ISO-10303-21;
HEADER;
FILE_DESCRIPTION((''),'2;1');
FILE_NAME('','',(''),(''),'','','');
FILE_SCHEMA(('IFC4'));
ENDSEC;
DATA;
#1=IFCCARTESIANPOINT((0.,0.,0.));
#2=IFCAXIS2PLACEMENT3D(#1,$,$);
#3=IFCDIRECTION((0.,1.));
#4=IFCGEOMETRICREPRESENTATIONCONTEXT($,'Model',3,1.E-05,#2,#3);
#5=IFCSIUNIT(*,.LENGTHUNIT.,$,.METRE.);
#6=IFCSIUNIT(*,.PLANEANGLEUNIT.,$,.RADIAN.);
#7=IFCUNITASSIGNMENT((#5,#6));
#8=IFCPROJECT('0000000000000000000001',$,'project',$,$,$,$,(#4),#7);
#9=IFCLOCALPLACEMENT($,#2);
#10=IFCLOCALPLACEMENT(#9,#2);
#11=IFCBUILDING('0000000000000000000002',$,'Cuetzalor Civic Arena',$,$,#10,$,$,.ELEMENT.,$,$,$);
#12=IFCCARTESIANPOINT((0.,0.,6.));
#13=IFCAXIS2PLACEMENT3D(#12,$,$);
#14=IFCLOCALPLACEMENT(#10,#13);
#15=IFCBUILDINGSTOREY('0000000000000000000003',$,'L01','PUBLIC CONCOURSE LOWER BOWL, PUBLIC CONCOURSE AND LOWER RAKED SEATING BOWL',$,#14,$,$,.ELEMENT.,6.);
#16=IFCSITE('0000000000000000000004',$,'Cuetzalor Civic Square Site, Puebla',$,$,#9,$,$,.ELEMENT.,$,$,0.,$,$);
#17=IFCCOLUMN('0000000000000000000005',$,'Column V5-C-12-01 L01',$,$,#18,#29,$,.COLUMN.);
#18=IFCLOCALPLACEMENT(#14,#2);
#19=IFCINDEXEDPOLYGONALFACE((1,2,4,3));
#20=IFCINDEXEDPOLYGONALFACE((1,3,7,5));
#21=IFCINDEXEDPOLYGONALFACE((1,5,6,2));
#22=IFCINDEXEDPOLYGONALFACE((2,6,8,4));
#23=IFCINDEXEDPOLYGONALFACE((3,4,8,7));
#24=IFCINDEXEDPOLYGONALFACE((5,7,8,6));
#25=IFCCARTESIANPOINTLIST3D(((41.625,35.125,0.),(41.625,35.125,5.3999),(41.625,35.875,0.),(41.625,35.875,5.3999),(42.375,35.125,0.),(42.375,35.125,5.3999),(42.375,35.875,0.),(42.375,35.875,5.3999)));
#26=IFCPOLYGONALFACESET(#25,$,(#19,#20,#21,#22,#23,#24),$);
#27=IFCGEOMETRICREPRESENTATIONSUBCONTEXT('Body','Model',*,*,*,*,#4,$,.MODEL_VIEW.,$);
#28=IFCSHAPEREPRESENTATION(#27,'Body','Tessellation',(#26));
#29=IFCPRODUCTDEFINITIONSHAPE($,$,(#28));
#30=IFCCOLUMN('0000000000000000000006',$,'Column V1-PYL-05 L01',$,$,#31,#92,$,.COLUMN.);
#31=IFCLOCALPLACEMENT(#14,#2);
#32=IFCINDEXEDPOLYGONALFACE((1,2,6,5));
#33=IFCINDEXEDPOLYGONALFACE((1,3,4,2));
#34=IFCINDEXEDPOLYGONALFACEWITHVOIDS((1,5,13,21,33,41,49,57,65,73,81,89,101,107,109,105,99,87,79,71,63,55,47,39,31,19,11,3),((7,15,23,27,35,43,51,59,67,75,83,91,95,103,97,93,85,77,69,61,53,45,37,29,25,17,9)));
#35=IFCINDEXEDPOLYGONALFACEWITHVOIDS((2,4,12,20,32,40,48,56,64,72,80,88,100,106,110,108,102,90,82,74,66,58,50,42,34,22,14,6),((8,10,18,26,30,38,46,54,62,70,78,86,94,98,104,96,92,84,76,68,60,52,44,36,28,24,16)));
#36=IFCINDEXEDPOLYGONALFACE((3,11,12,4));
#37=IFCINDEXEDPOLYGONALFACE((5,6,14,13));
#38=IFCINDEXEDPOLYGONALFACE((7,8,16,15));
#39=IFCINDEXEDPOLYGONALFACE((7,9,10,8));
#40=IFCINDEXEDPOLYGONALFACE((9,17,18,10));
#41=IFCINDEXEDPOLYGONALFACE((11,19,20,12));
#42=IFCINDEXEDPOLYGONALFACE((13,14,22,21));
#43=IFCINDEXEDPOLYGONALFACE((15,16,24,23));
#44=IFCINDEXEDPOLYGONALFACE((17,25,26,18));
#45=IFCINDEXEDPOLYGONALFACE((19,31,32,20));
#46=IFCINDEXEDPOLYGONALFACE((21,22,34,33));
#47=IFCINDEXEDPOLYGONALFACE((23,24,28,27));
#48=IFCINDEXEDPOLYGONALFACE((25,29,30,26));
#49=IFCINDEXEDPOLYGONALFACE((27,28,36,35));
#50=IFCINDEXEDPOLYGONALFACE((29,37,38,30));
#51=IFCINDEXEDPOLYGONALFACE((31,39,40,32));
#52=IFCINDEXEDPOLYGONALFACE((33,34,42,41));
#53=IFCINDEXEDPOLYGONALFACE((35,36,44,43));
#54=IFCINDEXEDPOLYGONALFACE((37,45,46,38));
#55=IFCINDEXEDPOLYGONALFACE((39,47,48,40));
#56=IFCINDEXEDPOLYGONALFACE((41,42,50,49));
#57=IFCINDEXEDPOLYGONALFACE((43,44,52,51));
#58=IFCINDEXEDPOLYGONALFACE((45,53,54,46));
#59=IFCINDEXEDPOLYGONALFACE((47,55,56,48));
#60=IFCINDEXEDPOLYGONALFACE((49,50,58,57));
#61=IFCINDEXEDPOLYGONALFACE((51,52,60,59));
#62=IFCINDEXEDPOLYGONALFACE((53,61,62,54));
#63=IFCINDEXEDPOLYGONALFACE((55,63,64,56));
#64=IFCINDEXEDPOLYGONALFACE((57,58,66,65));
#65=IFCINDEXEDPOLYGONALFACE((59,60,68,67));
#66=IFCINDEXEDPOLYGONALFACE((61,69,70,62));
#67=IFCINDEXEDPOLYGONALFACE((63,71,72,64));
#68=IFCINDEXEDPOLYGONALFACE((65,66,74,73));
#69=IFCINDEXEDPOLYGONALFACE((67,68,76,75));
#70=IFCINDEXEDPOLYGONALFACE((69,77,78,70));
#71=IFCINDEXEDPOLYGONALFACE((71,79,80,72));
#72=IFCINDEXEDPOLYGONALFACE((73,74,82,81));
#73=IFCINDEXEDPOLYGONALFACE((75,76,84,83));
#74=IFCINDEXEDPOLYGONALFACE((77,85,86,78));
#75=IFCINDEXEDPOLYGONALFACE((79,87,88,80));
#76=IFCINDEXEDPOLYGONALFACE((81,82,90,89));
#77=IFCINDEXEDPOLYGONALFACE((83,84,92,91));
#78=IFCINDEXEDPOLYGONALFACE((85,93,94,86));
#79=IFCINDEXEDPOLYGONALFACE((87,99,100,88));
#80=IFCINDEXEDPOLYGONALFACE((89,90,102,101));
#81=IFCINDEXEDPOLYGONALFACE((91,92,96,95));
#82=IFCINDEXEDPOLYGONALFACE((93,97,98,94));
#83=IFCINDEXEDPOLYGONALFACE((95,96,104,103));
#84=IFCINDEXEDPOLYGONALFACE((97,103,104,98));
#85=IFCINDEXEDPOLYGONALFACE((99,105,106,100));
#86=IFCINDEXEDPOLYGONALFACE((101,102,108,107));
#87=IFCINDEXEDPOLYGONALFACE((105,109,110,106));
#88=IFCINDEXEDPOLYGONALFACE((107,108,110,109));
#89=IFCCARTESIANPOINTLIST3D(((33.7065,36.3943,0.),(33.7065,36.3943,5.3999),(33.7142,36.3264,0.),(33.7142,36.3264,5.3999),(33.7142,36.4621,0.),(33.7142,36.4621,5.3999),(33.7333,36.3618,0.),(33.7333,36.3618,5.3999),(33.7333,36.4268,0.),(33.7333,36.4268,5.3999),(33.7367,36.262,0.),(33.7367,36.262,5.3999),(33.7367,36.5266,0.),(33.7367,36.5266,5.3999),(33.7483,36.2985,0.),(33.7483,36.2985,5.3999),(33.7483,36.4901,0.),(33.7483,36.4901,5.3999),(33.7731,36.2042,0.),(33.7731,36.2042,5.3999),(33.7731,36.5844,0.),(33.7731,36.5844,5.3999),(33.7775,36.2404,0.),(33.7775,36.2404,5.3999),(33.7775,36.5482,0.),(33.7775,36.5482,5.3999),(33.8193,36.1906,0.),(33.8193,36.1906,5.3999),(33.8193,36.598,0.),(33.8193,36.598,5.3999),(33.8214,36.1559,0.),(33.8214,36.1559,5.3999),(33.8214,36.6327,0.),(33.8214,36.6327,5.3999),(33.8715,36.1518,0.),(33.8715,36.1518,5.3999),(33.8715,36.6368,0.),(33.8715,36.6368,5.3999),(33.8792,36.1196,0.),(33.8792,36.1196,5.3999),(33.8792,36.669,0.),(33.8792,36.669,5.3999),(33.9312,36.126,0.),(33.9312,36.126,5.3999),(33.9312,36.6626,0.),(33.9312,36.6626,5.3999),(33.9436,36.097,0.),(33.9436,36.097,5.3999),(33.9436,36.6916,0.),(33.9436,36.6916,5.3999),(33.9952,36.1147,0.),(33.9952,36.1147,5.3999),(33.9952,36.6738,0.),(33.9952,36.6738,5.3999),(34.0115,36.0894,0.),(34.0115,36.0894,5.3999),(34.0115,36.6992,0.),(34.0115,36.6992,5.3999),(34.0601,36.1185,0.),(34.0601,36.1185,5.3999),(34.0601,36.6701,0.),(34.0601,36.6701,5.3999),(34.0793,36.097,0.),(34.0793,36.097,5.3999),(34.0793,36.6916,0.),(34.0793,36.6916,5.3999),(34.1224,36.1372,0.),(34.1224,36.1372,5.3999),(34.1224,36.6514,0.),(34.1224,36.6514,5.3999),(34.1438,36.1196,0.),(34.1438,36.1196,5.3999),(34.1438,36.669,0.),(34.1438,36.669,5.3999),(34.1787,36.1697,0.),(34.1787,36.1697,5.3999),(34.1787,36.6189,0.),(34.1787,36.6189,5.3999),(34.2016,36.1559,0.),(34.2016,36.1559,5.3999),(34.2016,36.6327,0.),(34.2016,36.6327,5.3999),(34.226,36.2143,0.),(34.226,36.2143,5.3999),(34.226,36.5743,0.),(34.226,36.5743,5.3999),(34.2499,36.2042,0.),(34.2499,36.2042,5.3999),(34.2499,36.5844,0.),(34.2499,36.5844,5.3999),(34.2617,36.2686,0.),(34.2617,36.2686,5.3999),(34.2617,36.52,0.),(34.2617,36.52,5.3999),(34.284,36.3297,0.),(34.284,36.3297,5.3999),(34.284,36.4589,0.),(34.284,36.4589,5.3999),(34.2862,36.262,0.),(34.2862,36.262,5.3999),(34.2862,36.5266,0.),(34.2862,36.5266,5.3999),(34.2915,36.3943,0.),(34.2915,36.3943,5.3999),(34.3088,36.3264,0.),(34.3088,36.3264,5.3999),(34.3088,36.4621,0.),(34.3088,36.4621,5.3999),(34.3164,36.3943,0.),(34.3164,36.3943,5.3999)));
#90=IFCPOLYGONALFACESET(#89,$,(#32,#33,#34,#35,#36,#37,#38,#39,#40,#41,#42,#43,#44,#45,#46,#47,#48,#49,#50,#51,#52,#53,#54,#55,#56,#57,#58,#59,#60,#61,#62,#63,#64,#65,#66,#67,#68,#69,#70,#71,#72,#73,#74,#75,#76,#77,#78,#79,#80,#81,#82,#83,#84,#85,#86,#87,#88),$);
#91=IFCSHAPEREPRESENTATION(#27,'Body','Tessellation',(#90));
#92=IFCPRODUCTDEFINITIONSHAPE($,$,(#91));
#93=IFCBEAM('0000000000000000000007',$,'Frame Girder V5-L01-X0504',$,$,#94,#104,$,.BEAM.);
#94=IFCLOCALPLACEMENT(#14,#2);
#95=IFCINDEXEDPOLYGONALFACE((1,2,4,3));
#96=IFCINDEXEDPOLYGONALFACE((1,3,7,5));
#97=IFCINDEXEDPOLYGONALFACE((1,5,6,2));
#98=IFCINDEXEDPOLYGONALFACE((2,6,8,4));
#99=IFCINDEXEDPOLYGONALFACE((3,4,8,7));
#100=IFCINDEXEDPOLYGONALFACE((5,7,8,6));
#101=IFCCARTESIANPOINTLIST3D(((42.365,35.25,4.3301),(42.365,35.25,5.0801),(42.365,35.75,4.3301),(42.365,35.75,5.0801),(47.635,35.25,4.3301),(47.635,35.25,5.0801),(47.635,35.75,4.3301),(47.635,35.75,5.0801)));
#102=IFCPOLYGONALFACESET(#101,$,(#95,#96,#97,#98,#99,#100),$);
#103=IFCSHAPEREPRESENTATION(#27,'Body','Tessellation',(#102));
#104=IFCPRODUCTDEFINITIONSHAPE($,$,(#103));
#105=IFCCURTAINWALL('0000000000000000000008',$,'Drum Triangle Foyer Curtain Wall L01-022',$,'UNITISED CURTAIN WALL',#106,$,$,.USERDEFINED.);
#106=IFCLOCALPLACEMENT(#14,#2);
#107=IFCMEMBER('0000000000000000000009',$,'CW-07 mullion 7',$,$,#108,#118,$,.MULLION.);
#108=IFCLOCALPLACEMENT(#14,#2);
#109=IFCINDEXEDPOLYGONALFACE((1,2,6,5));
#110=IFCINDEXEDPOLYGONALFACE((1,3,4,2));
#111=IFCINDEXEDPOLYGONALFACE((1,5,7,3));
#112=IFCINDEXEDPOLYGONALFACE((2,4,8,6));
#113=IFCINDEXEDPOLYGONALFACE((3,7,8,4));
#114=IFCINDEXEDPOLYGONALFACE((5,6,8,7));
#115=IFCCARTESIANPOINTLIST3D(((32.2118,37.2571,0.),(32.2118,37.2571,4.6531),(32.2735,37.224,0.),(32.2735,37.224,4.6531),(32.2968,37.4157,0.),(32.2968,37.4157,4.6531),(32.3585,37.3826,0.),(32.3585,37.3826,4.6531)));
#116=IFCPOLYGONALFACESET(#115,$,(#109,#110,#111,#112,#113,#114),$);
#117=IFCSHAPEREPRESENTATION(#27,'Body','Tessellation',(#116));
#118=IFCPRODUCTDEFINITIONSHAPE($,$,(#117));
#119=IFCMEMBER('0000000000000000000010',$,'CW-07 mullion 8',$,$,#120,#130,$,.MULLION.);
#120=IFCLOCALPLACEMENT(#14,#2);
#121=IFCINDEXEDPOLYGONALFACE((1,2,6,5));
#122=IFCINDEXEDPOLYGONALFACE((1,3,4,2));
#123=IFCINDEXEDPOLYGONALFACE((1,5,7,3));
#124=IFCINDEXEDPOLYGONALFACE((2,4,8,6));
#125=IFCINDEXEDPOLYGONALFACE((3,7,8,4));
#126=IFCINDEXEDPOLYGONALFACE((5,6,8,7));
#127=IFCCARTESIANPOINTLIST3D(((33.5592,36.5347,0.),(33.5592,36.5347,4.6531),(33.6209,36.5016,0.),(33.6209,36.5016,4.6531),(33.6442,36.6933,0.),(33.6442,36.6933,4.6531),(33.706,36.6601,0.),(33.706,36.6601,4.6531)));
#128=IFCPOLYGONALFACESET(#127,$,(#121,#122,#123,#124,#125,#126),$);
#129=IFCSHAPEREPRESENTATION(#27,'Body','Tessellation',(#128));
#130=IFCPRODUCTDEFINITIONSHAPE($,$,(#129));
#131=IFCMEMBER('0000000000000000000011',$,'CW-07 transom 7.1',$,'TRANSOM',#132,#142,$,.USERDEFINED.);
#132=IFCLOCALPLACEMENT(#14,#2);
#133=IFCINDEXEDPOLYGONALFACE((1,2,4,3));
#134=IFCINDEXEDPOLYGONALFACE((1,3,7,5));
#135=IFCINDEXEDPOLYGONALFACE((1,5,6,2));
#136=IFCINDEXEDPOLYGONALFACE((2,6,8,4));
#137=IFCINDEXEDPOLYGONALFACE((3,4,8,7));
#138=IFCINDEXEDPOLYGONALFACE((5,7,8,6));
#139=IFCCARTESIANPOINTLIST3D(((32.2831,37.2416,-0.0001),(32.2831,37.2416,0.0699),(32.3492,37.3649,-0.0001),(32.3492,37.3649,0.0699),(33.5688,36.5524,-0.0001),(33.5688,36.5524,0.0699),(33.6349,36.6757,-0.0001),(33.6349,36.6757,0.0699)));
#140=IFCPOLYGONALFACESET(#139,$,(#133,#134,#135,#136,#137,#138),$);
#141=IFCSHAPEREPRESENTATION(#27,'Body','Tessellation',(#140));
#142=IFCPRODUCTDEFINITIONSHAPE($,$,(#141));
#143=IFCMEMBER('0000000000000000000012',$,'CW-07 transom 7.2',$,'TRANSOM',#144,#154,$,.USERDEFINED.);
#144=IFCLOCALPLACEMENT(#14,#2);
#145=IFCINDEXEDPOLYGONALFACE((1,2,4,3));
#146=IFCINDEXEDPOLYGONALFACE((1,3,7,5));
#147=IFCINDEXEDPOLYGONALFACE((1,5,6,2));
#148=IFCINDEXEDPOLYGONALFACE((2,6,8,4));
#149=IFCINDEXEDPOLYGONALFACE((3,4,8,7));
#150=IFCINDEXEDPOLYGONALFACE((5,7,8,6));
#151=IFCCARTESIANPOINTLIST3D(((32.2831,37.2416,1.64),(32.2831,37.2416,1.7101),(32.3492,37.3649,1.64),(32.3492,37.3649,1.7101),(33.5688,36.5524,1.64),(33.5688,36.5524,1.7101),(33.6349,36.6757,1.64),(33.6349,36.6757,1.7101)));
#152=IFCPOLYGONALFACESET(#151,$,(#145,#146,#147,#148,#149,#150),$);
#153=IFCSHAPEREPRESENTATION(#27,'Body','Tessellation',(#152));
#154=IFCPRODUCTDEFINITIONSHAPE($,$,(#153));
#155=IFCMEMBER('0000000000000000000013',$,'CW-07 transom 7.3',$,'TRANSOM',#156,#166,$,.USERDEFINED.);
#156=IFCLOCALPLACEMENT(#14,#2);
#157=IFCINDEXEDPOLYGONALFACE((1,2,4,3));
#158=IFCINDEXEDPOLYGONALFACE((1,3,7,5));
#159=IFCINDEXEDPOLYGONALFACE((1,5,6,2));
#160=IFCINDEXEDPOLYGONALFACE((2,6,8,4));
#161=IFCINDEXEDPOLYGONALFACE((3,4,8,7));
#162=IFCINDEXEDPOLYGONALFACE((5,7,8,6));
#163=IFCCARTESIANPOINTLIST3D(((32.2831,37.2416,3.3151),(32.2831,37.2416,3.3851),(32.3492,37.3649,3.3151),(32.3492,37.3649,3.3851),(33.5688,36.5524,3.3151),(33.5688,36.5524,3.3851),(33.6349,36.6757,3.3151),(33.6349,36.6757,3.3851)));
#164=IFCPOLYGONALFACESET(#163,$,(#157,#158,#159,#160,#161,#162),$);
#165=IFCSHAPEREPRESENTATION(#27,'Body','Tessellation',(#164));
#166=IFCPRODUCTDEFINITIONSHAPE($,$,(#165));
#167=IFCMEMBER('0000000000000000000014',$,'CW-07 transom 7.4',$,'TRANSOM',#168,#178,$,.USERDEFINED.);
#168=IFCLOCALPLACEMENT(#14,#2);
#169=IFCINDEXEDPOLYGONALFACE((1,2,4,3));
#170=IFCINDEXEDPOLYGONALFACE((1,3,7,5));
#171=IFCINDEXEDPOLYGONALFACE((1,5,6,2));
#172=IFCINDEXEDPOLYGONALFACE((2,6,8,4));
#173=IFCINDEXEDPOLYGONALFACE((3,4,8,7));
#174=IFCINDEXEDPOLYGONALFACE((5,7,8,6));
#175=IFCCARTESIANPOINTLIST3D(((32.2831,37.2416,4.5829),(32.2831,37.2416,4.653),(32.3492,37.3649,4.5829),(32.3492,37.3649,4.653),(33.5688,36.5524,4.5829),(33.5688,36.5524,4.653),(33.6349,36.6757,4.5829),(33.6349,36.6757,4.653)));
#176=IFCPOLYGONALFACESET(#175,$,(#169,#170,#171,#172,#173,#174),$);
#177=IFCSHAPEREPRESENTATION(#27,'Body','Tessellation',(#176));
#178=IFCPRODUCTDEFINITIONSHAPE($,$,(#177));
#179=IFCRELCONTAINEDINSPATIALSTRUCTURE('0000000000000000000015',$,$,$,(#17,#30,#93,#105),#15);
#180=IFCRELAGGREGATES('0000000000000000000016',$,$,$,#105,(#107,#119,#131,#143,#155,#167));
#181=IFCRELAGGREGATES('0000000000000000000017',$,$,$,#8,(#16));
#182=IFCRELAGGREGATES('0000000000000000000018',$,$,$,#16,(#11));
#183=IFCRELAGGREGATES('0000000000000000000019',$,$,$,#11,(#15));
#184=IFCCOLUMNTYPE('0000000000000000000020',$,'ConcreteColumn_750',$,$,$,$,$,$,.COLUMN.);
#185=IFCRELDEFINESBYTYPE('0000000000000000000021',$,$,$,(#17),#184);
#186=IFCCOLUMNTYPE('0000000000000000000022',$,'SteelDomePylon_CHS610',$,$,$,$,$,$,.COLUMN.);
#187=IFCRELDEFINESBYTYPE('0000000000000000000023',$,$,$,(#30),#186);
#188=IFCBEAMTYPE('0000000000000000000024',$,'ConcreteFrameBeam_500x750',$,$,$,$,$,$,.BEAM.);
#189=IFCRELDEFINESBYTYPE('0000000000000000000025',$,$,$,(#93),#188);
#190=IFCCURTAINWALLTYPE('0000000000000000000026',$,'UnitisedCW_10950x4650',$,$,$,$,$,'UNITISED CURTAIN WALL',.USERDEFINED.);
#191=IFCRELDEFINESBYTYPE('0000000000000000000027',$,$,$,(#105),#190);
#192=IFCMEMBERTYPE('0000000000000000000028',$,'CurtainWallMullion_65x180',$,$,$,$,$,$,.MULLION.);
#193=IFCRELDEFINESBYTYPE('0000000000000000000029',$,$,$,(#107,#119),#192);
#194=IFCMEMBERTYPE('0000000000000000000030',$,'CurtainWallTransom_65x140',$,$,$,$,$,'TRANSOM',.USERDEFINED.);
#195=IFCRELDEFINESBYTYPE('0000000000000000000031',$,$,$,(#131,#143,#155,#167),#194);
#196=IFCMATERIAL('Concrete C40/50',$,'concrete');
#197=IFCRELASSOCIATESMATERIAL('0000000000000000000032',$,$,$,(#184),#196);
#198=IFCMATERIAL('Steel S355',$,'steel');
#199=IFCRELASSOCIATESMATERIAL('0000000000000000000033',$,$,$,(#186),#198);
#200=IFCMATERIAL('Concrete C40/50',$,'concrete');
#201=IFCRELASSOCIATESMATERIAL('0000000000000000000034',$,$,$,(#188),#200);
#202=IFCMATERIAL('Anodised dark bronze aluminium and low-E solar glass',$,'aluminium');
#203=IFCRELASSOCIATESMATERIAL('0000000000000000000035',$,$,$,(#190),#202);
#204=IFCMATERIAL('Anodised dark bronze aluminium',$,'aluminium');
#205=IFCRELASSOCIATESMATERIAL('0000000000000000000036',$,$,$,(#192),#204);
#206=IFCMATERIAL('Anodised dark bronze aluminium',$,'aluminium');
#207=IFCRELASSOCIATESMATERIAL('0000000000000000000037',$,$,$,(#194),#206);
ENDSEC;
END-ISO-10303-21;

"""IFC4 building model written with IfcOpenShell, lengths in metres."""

from ifc_helpers import new_model, si_unit, direction, frame, origin, origin_2d, place, context, subcontext, project, spatial, rectangle, hollow_circle, extrude, material, material_profile, profile_set, type_object, element, aggregate, save


model = new_model("IFC4")

# Units and contexts
model_context = context("Model", 3, precision=1e-05, world=origin(), true_north=direction((0.0, 1.0)))
body_context = subcontext(model_context, "Body", "Model", "MODEL_VIEW")
ifc_project = project(units=[si_unit("LENGTHUNIT", "METRE"), si_unit("PLANEANGLEUNIT", "RADIAN")], contexts=[model_context])

# Site, building, storey
site_placement = place(None, origin())
site = spatial("IfcSite", under=ifc_project, at=site_placement, Name="Cuetzalor Civic Square Site, Puebla", CompositionType="ELEMENT", RefElevation=0.0)
building_placement = place(site_placement, origin())
building = spatial("IfcBuilding", under=site, at=building_placement, Name="Cuetzalor Civic Arena", CompositionType="ELEMENT")
storey_placement = place(building_placement, frame((0.0, 0.0, 6.0)))
storey = spatial("IfcBuildingStorey", under=building, at=storey_placement, Name="L01", Description="PUBLIC CONCOURSE LOWER BOWL, PUBLIC CONCOURSE AND LOWER RAKED SEATING BOWL", CompositionType="ELEMENT", Elevation=6.0)

# Columns
ifc_material_1 = material(Name="Concrete C40/50", Category="concrete")
ifc_material_profile_1 = material_profile(ifc_material_1, rectangle(XDim=0.75, YDim=0.75, at=origin_2d()), Name="RC 750x750")
ifc_profile_set_1 = profile_set([ifc_material_profile_1], Name="Concrete C40/50")
column_type_1 = type_object("IfcColumnType", Name="ConcreteColumn_750", PredefinedType="COLUMN", material=ifc_profile_set_1)
column_1_placement = place(storey_placement, frame((42.0, 35.5, 0.0), z_axis=(0.0, 0.0, 1.0), x_axis=(1.0, 0.0, 0.0)))
element("IfcColumn", 1, at=column_1_placement, inside=storey, type_object=column_type_1, Name="Column V5-C-12-01 L01", PredefinedType="COLUMN", context=body_context, shape_type="SweptSolid", body=[
    extrude(rectangle(XDim=0.75, YDim=0.75, at=origin_2d()), origin(), (0.0, 0.0, 1.0), 5.3999),
])
ifc_material_2 = material(Name="Steel S355", Category="steel")
ifc_material_profile_2 = material_profile(ifc_material_2, hollow_circle(Radius=0.3049, WallThickness=0.0249, at=origin_2d()), Name="CHS 610x25")
ifc_profile_set_2 = profile_set([ifc_material_profile_2], Name="Steel S355")
column_type_2 = type_object("IfcColumnType", Name="SteelDomePylon_CHS610", PredefinedType="COLUMN", material=ifc_profile_set_2)
column_2_placement = place(storey_placement, frame((34.0115, 36.3943, 0.0), z_axis=(0.0, 0.0, 1.0), x_axis=(1.0, 0.0, 0.0)))
element("IfcColumn", 2, at=column_2_placement, inside=storey, type_object=column_type_2, Name="Column V1-PYL-05 L01", PredefinedType="COLUMN", context=body_context, shape_type="SweptSolid", body=[
    extrude(hollow_circle(Radius=0.3049, WallThickness=0.0249, at=origin_2d()), origin(), (0.0, 0.0, 1.0), 5.3999),
])

# Beam
ifc_material_3 = material(Name="Concrete C40/50", Category="concrete")
ifc_material_profile_3 = material_profile(ifc_material_3, rectangle(XDim=0.5, YDim=0.75, at=origin_2d()), Name="RC 500x750")
ifc_profile_set_3 = profile_set([ifc_material_profile_3], Name="Concrete C40/50")
beam_type_1 = type_object("IfcBeamType", Name="ConcreteFrameBeam_500x750", PredefinedType="BEAM", material=ifc_profile_set_3)
beam_1_placement = place(storey_placement, frame((42.365, 35.5, 4.7051), z_axis=(1.0, 0.0, 0.0), x_axis=(0.0, 1.0, 0.0)))
element("IfcBeam", 3, at=beam_1_placement, inside=storey, type_object=beam_type_1, Name="Frame Girder V5-L01-X0504", PredefinedType="BEAM", context=body_context, shape_type="SweptSolid", body=[
    extrude(rectangle(XDim=0.5, YDim=0.75, at=origin_2d()), origin(), (0.0, 0.0, 1.0), 5.27),
])

# Curtain wall, members
ifc_material_4 = material(Name="Anodised dark bronze aluminium and low-E solar glass", Category="aluminium")
curtain_wall_type = type_object("IfcCurtainWallType", Name="UnitisedCW_10950x4650", ElementType="UNITISED CURTAIN WALL", PredefinedType="USERDEFINED", material=ifc_material_4)
curtain_wall_placement = place(storey_placement, origin())
curtain_wall = element("IfcCurtainWall", 4, at=curtain_wall_placement, inside=storey, type_object=curtain_wall_type, Name="Drum Triangle Foyer Curtain Wall L01-022", ObjectType="UNITISED CURTAIN WALL", PredefinedType="USERDEFINED")
ifc_material_5 = material(Name="Anodised dark bronze aluminium", Category="aluminium")
ifc_material_profile_4 = material_profile(ifc_material_5, rectangle(XDim=0.0701, YDim=0.1799, at=origin_2d()), Name="ALU MULLION 70x180")
ifc_profile_set_4 = profile_set([ifc_material_profile_4], Name="Anodised dark bronze aluminium")
member_type_1 = type_object("IfcMemberType", Name="CurtainWallMullion_65x180", PredefinedType="MULLION", material=ifc_profile_set_4)
member_1_placement = place(storey_placement, frame((32.2852, 37.3198, 0.0), z_axis=(0.0, 0.0, 1.0), x_axis=(0.881306, -0.472545, 0.0)))
member_1 = element("IfcMember", 5, at=member_1_placement, type_object=member_type_1, Name="CW-07 mullion 7", PredefinedType="MULLION", context=body_context, shape_type="SweptSolid", body=[
    extrude(rectangle(XDim=0.0701, YDim=0.1799, at=origin_2d()), origin(), (0.0, 0.0, 1.0), 4.6531),
])
member_2_placement = place(storey_placement, frame((33.6326, 36.5974, 0.0), z_axis=(0.0, 0.0, 1.0), x_axis=(0.881306, -0.472545, 0.0)))
member_2 = element("IfcMember", 6, at=member_2_placement, type_object=member_type_1, Name="CW-07 mullion 8", PredefinedType="MULLION", context=body_context, shape_type="SweptSolid", body=[
    extrude(rectangle(XDim=0.0701, YDim=0.1799, at=origin_2d()), origin(), (0.0, 0.0, 1.0), 4.6531),
])
ifc_material_6 = material(Name="Anodised dark bronze aluminium", Category="aluminium")
ifc_material_profile_5 = material_profile(ifc_material_6, rectangle(XDim=0.1399, YDim=0.0701, at=origin_2d()), Name="ALU TRANSOM 70x140")
ifc_profile_set_5 = profile_set([ifc_material_profile_5], Name="Anodised dark bronze aluminium")
member_type_2 = type_object("IfcMemberType", Name="CurtainWallTransom_65x140", ElementType="TRANSOM", PredefinedType="USERDEFINED", material=ifc_profile_set_5)
member_3_placement = place(storey_placement, frame((32.3162, 37.3032, 0.0349), z_axis=(0.881346, -0.472472, 0.0), x_axis=(0.472472, 0.881346, 0.0)))
member_3 = element("IfcMember", 7, at=member_3_placement, type_object=member_type_2, Name="CW-07 transom 7.1", ObjectType="TRANSOM", PredefinedType="USERDEFINED", context=body_context, shape_type="SweptSolid", body=[
    extrude(rectangle(XDim=0.1399, YDim=0.0701, at=origin_2d()), origin(), (0.0, 0.0, 1.0), 1.4587),
])
member_4_placement = place(storey_placement, frame((32.3162, 37.3032, 1.675), z_axis=(0.881346, -0.472472, 0.0), x_axis=(0.472472, 0.881346, 0.0)))
member_4 = element("IfcMember", 8, at=member_4_placement, type_object=member_type_2, Name="CW-07 transom 7.2", ObjectType="TRANSOM", PredefinedType="USERDEFINED", context=body_context, shape_type="SweptSolid", body=[
    extrude(rectangle(XDim=0.1399, YDim=0.0701, at=origin_2d()), origin(), (0.0, 0.0, 1.0), 1.4587),
])
member_5_placement = place(storey_placement, frame((32.3162, 37.3032, 3.3501), z_axis=(0.881346, -0.472472, 0.0), x_axis=(0.472472, 0.881346, 0.0)))
member_5 = element("IfcMember", 9, at=member_5_placement, type_object=member_type_2, Name="CW-07 transom 7.3", ObjectType="TRANSOM", PredefinedType="USERDEFINED", context=body_context, shape_type="SweptSolid", body=[
    extrude(rectangle(XDim=0.1399, YDim=0.0701, at=origin_2d()), origin(), (0.0, 0.0, 1.0), 1.4587),
])
member_6_placement = place(storey_placement, frame((32.3162, 37.3032, 4.6179), z_axis=(0.881346, -0.472472, 0.0), x_axis=(0.472472, 0.881346, 0.0)))
member_6 = element("IfcMember", 10, at=member_6_placement, type_object=member_type_2, Name="CW-07 transom 7.4", ObjectType="TRANSOM", PredefinedType="USERDEFINED", context=body_context, shape_type="SweptSolid", body=[
    extrude(rectangle(XDim=0.1399, YDim=0.0701, at=origin_2d()), origin(), (0.0, 0.0, 1.0), 1.4587),
])

aggregate(curtain_wall, [member_1, member_2, member_3, member_4, member_5, member_6])

save(model, "model.ifc")
